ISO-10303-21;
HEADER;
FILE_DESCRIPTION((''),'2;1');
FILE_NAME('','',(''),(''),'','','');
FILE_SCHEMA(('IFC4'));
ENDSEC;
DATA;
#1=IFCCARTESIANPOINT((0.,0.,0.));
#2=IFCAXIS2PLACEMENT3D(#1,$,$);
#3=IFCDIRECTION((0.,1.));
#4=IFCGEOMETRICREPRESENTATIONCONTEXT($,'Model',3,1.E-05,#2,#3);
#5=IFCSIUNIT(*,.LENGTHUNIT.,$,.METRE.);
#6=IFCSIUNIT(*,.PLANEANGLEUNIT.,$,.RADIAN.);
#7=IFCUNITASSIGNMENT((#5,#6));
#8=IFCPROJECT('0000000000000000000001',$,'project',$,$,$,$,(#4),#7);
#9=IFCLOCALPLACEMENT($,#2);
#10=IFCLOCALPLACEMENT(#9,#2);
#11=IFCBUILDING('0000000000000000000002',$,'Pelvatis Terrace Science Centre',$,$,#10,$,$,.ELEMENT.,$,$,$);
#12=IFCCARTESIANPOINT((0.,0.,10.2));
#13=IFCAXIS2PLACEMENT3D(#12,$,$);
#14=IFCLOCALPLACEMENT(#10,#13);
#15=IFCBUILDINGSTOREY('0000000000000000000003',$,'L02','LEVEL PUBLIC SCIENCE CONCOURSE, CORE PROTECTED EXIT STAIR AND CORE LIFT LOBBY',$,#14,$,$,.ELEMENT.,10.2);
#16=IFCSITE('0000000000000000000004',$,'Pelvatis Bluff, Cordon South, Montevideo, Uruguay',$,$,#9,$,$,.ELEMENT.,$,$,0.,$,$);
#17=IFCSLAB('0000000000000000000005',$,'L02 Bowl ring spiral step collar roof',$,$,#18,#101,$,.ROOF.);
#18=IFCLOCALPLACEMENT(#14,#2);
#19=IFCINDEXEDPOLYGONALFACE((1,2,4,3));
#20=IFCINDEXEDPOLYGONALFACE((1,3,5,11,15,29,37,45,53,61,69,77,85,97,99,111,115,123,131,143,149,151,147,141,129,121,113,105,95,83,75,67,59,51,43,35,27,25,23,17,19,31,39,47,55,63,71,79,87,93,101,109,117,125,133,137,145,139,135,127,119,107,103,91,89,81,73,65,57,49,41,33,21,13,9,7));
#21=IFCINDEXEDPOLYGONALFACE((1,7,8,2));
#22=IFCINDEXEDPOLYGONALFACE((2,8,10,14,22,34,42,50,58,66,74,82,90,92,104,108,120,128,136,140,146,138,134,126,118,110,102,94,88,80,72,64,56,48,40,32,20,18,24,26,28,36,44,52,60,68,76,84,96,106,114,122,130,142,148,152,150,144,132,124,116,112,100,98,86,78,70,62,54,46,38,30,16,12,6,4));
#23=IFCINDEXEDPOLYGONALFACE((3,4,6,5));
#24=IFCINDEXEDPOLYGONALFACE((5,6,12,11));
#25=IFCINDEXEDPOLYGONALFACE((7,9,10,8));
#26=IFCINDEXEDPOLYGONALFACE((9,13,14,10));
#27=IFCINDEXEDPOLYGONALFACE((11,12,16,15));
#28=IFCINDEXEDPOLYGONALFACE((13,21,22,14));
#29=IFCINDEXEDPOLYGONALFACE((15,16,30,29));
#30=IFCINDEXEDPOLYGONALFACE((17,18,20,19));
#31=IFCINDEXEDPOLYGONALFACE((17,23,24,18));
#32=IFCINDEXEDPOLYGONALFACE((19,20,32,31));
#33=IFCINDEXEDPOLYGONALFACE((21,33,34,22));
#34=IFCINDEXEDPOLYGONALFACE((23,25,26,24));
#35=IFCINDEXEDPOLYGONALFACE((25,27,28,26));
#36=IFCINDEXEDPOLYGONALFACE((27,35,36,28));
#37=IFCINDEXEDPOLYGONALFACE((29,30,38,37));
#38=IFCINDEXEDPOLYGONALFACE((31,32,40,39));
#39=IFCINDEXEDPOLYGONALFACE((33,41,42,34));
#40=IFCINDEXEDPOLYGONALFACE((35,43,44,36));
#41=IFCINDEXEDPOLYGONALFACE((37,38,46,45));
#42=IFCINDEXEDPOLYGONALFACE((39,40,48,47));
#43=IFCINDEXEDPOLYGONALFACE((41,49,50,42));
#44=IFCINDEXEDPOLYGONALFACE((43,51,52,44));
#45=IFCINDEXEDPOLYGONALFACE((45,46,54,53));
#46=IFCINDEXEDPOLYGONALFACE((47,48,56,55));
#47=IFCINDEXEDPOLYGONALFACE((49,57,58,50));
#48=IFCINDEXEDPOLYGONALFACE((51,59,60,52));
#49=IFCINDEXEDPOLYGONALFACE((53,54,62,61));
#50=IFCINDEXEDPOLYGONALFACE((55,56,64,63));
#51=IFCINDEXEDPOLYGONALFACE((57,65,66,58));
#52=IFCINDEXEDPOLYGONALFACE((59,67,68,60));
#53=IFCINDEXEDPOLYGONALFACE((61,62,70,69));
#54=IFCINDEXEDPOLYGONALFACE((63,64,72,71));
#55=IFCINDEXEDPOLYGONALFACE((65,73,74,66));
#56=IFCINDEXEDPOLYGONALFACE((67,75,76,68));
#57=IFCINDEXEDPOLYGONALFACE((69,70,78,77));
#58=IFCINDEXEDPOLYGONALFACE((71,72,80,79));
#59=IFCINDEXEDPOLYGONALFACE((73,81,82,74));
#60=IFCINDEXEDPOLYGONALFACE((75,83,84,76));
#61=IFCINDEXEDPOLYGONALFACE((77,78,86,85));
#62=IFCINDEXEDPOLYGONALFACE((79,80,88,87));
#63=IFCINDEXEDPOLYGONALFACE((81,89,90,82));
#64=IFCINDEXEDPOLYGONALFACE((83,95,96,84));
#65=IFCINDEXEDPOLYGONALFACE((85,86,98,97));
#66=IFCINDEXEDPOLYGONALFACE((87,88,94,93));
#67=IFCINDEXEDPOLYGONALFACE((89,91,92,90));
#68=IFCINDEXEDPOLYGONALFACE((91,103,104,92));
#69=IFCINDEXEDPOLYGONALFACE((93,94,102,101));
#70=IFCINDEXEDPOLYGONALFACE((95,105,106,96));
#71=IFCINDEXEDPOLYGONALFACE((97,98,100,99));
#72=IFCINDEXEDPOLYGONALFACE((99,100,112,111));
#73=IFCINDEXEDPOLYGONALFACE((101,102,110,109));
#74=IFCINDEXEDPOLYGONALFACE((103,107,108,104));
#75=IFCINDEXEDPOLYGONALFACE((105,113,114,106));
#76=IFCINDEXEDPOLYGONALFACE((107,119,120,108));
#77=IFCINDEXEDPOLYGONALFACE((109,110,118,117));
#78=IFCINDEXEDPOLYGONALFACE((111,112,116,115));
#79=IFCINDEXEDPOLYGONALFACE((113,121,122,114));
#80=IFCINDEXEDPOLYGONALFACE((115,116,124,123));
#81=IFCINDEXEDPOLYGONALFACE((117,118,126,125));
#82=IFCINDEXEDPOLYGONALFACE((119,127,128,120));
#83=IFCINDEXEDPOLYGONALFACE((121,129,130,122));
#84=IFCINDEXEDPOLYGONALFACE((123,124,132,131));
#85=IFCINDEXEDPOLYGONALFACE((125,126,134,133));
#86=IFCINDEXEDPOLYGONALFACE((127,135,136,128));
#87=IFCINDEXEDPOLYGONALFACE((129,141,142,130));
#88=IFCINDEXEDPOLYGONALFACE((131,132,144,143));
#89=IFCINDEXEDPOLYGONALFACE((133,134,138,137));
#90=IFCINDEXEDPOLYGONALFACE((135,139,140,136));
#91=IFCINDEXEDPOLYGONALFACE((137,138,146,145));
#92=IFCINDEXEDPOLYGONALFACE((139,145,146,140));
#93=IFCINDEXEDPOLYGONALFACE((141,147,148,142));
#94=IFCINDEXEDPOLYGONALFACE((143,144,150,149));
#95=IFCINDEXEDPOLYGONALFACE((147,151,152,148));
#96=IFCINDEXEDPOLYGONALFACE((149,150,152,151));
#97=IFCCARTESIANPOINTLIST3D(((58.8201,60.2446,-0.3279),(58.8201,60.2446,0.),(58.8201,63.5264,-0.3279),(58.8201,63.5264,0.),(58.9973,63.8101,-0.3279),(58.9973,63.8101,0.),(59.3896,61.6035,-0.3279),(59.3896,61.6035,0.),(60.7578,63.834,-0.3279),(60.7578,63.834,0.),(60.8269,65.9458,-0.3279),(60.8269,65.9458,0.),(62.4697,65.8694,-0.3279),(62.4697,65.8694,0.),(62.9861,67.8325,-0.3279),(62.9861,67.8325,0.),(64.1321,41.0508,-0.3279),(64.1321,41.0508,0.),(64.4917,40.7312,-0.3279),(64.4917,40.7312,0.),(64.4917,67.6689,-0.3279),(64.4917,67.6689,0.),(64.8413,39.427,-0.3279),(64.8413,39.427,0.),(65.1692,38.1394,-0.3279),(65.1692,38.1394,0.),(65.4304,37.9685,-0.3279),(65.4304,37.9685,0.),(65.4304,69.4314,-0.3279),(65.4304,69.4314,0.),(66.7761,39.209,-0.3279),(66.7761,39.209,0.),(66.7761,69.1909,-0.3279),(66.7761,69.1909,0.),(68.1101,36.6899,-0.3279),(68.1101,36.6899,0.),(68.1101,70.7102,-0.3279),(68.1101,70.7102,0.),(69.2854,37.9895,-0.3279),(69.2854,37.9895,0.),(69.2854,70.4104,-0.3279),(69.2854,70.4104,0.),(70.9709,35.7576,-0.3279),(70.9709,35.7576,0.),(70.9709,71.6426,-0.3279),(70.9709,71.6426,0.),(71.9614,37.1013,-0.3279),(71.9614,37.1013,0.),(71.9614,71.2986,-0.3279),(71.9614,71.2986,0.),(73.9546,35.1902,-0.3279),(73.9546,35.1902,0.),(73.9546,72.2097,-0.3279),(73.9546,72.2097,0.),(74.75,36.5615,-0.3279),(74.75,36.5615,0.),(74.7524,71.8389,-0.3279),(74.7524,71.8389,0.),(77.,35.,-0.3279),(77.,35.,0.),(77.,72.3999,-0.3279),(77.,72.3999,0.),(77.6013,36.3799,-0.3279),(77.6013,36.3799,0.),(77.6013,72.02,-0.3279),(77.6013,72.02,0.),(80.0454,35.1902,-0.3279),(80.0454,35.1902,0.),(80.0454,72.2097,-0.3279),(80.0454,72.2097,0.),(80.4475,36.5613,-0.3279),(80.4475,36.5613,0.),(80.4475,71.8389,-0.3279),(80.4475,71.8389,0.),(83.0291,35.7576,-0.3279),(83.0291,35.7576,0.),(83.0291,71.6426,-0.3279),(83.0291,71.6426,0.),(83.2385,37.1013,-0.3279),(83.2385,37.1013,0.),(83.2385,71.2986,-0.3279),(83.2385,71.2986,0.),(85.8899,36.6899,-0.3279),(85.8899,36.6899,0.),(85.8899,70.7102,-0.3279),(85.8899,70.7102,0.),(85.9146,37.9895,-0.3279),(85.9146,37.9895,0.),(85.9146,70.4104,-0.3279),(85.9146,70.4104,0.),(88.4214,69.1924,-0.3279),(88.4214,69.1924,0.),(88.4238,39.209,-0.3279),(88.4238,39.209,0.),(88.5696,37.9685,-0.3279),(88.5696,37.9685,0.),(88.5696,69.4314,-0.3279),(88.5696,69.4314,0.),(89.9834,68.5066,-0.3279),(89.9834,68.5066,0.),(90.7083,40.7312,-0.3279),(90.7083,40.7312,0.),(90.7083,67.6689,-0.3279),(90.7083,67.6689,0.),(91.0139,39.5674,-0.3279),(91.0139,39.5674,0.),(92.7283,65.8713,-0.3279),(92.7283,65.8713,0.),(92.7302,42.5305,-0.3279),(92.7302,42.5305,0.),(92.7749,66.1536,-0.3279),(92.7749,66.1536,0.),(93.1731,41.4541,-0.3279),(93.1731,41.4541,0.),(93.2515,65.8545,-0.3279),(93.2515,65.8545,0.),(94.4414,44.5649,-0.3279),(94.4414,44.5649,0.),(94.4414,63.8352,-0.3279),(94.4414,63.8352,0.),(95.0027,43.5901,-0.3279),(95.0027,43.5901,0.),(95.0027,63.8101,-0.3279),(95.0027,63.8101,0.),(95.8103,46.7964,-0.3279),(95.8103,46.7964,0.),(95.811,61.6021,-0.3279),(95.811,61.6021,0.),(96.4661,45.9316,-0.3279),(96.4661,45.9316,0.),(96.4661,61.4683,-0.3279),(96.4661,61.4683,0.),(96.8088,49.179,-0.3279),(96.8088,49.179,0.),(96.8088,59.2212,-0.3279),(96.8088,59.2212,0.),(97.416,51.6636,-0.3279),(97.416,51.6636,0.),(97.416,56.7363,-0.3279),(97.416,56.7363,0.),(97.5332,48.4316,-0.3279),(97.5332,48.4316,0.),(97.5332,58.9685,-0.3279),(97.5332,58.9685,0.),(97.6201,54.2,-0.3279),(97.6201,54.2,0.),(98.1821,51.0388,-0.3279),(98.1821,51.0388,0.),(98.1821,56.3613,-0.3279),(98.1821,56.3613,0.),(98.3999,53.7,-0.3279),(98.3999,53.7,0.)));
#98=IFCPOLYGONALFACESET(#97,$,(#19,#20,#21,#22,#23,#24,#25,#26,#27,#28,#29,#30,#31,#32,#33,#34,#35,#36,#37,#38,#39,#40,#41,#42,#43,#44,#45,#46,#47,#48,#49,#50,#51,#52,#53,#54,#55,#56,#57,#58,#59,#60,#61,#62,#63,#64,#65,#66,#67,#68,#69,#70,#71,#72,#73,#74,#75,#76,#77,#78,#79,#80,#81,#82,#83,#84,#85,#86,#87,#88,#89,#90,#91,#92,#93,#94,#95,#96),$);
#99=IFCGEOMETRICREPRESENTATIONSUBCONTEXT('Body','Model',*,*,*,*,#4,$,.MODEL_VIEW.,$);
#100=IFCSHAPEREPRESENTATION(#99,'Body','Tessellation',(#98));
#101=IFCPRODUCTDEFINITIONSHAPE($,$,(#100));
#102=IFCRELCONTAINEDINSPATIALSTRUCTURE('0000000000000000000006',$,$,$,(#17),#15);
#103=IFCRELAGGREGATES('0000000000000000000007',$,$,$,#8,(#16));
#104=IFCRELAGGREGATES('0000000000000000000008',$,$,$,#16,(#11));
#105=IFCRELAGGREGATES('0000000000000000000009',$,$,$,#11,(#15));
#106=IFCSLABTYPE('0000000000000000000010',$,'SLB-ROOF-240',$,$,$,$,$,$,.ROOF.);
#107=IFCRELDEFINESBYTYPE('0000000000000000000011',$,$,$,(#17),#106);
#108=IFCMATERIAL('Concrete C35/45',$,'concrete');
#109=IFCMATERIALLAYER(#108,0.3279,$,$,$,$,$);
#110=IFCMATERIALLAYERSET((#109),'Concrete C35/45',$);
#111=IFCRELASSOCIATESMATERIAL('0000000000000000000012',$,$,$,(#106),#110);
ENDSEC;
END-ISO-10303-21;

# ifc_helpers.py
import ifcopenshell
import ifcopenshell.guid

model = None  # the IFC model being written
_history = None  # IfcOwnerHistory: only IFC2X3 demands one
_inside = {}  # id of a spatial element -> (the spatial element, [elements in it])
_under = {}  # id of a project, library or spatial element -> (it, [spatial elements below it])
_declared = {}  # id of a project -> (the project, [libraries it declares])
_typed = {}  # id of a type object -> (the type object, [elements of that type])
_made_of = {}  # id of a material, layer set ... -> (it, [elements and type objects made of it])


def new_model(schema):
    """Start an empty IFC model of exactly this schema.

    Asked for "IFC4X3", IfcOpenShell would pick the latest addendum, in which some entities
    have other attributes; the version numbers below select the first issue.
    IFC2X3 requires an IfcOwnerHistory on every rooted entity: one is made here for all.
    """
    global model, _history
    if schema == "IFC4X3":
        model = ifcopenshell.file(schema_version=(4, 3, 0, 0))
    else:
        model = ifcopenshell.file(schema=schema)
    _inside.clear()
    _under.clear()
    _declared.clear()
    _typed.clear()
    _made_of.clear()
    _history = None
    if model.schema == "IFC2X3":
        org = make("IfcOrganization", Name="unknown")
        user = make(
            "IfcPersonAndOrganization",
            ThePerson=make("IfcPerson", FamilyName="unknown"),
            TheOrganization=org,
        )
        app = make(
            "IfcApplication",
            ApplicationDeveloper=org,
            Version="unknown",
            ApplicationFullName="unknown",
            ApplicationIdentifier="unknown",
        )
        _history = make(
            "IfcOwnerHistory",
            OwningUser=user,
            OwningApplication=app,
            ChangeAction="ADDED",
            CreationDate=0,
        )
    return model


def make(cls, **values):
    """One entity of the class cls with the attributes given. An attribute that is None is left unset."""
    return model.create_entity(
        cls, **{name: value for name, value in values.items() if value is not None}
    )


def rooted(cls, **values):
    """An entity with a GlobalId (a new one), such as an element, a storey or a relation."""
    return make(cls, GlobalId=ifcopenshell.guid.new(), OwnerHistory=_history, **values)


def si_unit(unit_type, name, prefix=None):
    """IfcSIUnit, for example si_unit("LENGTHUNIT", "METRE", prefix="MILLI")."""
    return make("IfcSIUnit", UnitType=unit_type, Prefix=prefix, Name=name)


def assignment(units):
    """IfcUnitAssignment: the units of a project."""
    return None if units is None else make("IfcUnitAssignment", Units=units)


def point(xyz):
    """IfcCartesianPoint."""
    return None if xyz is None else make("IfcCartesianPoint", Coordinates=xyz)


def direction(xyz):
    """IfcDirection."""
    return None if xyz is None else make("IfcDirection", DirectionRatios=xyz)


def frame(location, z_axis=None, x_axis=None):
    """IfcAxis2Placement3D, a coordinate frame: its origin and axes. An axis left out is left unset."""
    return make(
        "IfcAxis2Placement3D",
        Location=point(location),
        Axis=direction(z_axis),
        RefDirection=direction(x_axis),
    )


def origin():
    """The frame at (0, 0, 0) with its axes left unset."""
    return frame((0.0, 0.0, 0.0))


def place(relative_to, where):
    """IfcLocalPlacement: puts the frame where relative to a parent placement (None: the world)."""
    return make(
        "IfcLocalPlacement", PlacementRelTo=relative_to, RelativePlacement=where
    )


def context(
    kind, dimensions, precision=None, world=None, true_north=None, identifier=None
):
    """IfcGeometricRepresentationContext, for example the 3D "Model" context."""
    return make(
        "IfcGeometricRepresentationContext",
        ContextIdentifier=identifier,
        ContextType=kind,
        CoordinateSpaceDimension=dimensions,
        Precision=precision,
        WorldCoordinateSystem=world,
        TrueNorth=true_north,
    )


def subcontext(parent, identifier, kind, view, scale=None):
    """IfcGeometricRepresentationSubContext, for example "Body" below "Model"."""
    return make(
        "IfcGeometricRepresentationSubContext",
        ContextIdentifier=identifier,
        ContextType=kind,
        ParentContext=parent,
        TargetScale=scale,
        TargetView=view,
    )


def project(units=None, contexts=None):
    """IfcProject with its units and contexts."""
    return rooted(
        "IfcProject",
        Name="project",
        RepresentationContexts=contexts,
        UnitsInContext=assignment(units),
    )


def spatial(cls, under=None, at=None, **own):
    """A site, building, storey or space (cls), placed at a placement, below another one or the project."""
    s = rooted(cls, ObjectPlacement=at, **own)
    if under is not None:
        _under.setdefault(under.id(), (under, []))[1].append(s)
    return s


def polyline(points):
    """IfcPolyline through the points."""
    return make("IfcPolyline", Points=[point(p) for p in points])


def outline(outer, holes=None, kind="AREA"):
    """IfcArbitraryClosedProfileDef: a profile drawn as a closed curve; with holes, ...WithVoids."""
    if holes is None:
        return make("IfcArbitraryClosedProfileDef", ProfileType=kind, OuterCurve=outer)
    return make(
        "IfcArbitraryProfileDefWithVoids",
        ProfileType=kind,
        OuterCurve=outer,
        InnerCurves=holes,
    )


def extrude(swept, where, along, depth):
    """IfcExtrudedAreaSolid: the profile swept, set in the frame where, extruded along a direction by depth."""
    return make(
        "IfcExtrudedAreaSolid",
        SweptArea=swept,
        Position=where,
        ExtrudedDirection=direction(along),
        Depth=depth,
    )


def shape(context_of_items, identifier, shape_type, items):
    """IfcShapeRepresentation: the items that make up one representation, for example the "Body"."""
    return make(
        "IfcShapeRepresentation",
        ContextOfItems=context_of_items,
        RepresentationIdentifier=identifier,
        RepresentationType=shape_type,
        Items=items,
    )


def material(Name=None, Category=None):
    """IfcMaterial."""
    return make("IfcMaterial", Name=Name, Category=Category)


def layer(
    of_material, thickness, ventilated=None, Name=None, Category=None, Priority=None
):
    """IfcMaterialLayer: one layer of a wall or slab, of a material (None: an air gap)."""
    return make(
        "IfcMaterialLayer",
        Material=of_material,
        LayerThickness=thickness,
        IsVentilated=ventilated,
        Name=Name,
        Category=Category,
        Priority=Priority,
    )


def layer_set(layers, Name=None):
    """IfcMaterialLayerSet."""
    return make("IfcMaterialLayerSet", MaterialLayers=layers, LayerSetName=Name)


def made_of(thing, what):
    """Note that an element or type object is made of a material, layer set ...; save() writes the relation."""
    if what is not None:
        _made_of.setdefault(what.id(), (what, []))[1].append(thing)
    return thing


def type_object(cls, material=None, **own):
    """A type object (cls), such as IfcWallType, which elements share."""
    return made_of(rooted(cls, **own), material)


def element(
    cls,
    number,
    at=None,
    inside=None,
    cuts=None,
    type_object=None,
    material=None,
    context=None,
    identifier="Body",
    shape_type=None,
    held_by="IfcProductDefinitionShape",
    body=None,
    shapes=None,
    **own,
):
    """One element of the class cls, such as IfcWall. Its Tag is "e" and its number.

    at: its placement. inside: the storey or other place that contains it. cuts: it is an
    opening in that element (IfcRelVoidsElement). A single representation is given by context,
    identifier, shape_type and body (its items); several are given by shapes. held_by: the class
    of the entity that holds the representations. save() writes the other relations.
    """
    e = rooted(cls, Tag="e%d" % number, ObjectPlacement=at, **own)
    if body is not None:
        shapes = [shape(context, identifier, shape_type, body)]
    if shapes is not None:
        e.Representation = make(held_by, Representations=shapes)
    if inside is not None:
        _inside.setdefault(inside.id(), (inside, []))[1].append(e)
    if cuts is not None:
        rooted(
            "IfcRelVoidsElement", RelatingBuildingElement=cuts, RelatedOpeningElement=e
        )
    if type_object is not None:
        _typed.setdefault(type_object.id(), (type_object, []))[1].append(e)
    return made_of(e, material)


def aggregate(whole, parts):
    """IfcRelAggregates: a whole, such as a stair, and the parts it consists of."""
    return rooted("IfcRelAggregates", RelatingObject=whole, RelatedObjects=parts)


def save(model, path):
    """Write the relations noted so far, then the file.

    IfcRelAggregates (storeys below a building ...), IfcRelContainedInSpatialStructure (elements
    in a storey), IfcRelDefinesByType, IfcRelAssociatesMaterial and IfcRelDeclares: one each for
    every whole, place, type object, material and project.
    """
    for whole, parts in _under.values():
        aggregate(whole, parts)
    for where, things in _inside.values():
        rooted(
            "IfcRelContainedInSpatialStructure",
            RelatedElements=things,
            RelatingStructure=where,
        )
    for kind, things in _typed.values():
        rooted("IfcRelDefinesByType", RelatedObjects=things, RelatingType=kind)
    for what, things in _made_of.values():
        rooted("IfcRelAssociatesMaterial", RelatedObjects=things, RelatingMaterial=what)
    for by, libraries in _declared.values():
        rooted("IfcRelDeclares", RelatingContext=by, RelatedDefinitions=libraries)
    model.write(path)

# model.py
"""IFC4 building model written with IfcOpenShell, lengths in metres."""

from ifc_helpers import new_model, si_unit, direction, frame, origin, place, context, subcontext, project, spatial, polyline, outline, extrude, material, layer, layer_set, type_object, element, save


model = new_model("IFC4")

# Units and contexts
model_context = context("Model", 3, precision=1e-05, world=origin(), true_north=direction((0.0, 1.0)))
body_context = subcontext(model_context, "Body", "Model", "MODEL_VIEW")
ifc_project = project(units=[si_unit("LENGTHUNIT", "METRE"), si_unit("PLANEANGLEUNIT", "RADIAN")], contexts=[model_context])

# Site, building, storey
site_placement = place(None, origin())
site = spatial("IfcSite", under=ifc_project, at=site_placement, Name="Pelvatis Bluff, Cordon South, Montevideo, Uruguay", CompositionType="ELEMENT", RefElevation=0.0)
building_placement = place(site_placement, origin())
building = spatial("IfcBuilding", under=site, at=building_placement, Name="Pelvatis Terrace Science Centre", CompositionType="ELEMENT")
storey_placement = place(building_placement, frame((0.0, 0.0, 10.2)))
storey = spatial("IfcBuildingStorey", under=building, at=storey_placement, Name="L02", Description="LEVEL PUBLIC SCIENCE CONCOURSE, CORE PROTECTED EXIT STAIR AND CORE LIFT LOBBY", CompositionType="ELEMENT", Elevation=10.2)

# Slab
ifc_material_1 = material(Name="Concrete C35/45", Category="concrete")
ifc_layer_1 = layer(ifc_material_1, 0.3279)
ifc_layer_set_1 = layer_set([ifc_layer_1], Name="Concrete C35/45")
slab_type_1 = type_object("IfcSlabType", Name="SLB-ROOF-240", PredefinedType="ROOF", material=ifc_layer_set_1)
slab_1_placement = place(storey_placement, frame((0.0, 0.0, -0.3279)))
element("IfcSlab", 1, at=slab_1_placement, inside=storey, type_object=slab_type_1, Name="L02 Bowl ring spiral step collar roof", PredefinedType="ROOF", context=body_context, shape_type="SweptSolid", body=[
    extrude(outline(polyline([(98.1821, 51.0388), (97.5332, 48.4316), (96.4661, 45.9316), (95.0027, 43.5901), (93.1731, 41.4541), (91.0139, 39.5674), (88.5696, 37.9685), (85.8899, 36.6899), (83.0291, 35.7576), (80.0454, 35.1902), (77.0, 35.0), (73.9546, 35.1902), (70.9709, 35.7576), (68.1101, 36.6899), (65.4304, 37.9685), (65.1692, 38.1394), (64.8413, 39.427), (64.1321, 41.0508), (64.4917, 40.7312), (66.7761, 39.209), (69.2854, 37.9895), (71.9614, 37.1013), (74.75, 36.5615), (77.6013, 36.3799), (80.4475, 36.5613), (83.2385, 37.1013), (85.9146, 37.9895), (88.4238, 39.209), (90.7083, 40.7312), (92.7302, 42.5305), (94.4414, 44.5649), (95.8103, 46.7964), (96.8088, 49.179), (97.416, 51.6636), (97.6201, 54.2), (97.416, 56.7363), (96.8088, 59.2212), (95.811, 61.6021), (94.4414, 63.8352), (92.7283, 65.8713), (90.7083, 67.6689), (88.4214, 69.1924), (85.9146, 70.4104), (83.2385, 71.2986), (80.4475, 71.8389), (77.6013, 72.02), (74.7524, 71.8389), (71.9614, 71.2986), (69.2854, 70.4104), (66.7761, 69.1909), (64.4917, 67.6689), (62.4697, 65.8694), (60.7578, 63.834), (59.3896, 61.6035), (58.8201, 60.2446), (58.8201, 63.5264), (58.9973, 63.8101), (60.8269, 65.9458), (62.9861, 67.8325), (65.4304, 69.4314), (68.1101, 70.7102), (70.9709, 71.6426), (73.9546, 72.2097), (77.0, 72.3999), (80.0454, 72.2097), (83.0291, 71.6426), (85.8899, 70.7102), (88.5696, 69.4314), (89.9834, 68.5066), (92.7749, 66.1536), (93.2515, 65.8545), (95.0027, 63.8101), (96.4661, 61.4683), (97.5332, 58.9685), (98.1821, 56.3613), (98.3999, 53.7), (98.1821, 51.0388)])), origin(), (0.0, 0.0, 1.0), 0.3279),
])

save(model, "model.ifc")
